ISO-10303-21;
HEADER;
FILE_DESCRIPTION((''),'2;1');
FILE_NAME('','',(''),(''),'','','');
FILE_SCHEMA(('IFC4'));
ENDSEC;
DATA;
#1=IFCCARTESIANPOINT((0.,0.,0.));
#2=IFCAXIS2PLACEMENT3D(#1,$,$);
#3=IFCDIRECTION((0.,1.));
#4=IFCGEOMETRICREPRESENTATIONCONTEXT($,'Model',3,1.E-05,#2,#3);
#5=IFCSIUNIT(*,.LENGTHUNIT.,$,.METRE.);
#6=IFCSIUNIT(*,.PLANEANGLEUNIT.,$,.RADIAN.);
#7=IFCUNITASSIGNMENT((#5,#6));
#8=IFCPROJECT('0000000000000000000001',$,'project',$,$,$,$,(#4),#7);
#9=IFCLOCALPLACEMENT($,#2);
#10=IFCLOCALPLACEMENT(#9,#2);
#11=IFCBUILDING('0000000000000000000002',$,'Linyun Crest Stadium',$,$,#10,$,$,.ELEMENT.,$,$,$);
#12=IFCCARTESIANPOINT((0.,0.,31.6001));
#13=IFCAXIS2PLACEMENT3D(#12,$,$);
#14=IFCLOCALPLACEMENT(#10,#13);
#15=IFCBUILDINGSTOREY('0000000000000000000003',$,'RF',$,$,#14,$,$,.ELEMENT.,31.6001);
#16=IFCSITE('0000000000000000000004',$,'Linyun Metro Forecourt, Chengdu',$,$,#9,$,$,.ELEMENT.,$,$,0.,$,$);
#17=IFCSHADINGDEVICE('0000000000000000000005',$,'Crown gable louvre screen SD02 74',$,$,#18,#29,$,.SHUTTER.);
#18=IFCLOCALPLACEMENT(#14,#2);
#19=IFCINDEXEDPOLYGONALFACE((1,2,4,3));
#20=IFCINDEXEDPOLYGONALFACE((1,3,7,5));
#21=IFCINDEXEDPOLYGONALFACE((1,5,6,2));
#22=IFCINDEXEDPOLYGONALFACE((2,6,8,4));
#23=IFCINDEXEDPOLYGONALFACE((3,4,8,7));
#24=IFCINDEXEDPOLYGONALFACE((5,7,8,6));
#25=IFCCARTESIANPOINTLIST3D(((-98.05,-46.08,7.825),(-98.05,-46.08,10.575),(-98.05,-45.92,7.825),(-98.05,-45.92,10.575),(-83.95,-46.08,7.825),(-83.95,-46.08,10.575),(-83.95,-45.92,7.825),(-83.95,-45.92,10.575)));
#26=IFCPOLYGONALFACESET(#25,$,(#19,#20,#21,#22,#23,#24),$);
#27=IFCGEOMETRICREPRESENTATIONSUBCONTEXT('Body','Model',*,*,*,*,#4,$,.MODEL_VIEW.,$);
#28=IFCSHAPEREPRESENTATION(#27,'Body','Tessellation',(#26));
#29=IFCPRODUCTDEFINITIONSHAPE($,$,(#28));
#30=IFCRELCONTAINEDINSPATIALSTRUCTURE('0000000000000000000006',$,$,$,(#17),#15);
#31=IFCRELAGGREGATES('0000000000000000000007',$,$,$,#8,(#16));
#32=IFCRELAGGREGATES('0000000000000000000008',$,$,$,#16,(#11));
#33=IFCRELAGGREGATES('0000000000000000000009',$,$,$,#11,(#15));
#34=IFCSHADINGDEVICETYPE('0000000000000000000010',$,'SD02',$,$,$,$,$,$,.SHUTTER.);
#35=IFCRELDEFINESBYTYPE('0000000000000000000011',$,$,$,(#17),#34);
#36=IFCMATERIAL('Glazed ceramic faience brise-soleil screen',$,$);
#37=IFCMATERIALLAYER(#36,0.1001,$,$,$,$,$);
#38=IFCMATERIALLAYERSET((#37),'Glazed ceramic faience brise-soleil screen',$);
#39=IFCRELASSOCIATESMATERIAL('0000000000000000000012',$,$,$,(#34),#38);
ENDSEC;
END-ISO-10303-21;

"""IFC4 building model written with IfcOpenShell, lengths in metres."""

from ifc_helpers import new_model, si_unit, direction, frame, origin, origin_2d, place, context, subcontext, project, spatial, rectangle, extrude, material, layer, layer_set, type_object, element, save


model = new_model("IFC4")

# Units and contexts
model_context = context("Model", 3, precision=1e-05, world=origin(), true_north=direction((0.0, 1.0)))
body_context = subcontext(model_context, "Body", "Model", "MODEL_VIEW")
ifc_project = project(units=[si_unit("LENGTHUNIT", "METRE"), si_unit("PLANEANGLEUNIT", "RADIAN")], contexts=[model_context])

# Site, building, storey
site_placement = place(None, origin())
site = spatial("IfcSite", under=ifc_project, at=site_placement, Name="Linyun Metro Forecourt, Chengdu", CompositionType="ELEMENT", RefElevation=0.0)
building_placement = place(site_placement, origin())
building = spatial("IfcBuilding", under=site, at=building_placement, Name="Linyun Crest Stadium", CompositionType="ELEMENT")
storey_placement = place(building_placement, frame((0.0, 0.0, 31.6001)))
storey = spatial("IfcBuildingStorey", under=building, at=storey_placement, Name="RF", CompositionType="ELEMENT", Elevation=31.6001)

# Shading device
ifc_material_1 = material(Name="Glazed ceramic faience brise-soleil screen")
ifc_layer_1 = layer(ifc_material_1, 0.1001)
ifc_layer_set_1 = layer_set([ifc_layer_1], Name="Glazed ceramic faience brise-soleil screen")
shading_device_type_1 = type_object("IfcShadingDeviceType", Name="SD02", PredefinedType="SHUTTER", material=ifc_layer_set_1)
for number, where, z_axis, x_axis, name in (
    (1, (-91.0, -46.0, 7.825), (0.0, 0.0, 1.0), (1.0, 0.0, 0.0), "Crown gable louvre screen SD02 74"),
):
    element("IfcShadingDevice", number, at=place(storey_placement, frame(where, z_axis=z_axis, x_axis=x_axis)), inside=storey, type_object=shading_device_type_1, Name=name, PredefinedType="SHUTTER", context=body_context, shape_type="SweptSolid", body=[
        extrude(rectangle(XDim=14.1001, YDim=0.1599, at=origin_2d()), origin(), (0.0, 0.0, 1.0), 2.75),
    ])

save(model, "model.ifc")
